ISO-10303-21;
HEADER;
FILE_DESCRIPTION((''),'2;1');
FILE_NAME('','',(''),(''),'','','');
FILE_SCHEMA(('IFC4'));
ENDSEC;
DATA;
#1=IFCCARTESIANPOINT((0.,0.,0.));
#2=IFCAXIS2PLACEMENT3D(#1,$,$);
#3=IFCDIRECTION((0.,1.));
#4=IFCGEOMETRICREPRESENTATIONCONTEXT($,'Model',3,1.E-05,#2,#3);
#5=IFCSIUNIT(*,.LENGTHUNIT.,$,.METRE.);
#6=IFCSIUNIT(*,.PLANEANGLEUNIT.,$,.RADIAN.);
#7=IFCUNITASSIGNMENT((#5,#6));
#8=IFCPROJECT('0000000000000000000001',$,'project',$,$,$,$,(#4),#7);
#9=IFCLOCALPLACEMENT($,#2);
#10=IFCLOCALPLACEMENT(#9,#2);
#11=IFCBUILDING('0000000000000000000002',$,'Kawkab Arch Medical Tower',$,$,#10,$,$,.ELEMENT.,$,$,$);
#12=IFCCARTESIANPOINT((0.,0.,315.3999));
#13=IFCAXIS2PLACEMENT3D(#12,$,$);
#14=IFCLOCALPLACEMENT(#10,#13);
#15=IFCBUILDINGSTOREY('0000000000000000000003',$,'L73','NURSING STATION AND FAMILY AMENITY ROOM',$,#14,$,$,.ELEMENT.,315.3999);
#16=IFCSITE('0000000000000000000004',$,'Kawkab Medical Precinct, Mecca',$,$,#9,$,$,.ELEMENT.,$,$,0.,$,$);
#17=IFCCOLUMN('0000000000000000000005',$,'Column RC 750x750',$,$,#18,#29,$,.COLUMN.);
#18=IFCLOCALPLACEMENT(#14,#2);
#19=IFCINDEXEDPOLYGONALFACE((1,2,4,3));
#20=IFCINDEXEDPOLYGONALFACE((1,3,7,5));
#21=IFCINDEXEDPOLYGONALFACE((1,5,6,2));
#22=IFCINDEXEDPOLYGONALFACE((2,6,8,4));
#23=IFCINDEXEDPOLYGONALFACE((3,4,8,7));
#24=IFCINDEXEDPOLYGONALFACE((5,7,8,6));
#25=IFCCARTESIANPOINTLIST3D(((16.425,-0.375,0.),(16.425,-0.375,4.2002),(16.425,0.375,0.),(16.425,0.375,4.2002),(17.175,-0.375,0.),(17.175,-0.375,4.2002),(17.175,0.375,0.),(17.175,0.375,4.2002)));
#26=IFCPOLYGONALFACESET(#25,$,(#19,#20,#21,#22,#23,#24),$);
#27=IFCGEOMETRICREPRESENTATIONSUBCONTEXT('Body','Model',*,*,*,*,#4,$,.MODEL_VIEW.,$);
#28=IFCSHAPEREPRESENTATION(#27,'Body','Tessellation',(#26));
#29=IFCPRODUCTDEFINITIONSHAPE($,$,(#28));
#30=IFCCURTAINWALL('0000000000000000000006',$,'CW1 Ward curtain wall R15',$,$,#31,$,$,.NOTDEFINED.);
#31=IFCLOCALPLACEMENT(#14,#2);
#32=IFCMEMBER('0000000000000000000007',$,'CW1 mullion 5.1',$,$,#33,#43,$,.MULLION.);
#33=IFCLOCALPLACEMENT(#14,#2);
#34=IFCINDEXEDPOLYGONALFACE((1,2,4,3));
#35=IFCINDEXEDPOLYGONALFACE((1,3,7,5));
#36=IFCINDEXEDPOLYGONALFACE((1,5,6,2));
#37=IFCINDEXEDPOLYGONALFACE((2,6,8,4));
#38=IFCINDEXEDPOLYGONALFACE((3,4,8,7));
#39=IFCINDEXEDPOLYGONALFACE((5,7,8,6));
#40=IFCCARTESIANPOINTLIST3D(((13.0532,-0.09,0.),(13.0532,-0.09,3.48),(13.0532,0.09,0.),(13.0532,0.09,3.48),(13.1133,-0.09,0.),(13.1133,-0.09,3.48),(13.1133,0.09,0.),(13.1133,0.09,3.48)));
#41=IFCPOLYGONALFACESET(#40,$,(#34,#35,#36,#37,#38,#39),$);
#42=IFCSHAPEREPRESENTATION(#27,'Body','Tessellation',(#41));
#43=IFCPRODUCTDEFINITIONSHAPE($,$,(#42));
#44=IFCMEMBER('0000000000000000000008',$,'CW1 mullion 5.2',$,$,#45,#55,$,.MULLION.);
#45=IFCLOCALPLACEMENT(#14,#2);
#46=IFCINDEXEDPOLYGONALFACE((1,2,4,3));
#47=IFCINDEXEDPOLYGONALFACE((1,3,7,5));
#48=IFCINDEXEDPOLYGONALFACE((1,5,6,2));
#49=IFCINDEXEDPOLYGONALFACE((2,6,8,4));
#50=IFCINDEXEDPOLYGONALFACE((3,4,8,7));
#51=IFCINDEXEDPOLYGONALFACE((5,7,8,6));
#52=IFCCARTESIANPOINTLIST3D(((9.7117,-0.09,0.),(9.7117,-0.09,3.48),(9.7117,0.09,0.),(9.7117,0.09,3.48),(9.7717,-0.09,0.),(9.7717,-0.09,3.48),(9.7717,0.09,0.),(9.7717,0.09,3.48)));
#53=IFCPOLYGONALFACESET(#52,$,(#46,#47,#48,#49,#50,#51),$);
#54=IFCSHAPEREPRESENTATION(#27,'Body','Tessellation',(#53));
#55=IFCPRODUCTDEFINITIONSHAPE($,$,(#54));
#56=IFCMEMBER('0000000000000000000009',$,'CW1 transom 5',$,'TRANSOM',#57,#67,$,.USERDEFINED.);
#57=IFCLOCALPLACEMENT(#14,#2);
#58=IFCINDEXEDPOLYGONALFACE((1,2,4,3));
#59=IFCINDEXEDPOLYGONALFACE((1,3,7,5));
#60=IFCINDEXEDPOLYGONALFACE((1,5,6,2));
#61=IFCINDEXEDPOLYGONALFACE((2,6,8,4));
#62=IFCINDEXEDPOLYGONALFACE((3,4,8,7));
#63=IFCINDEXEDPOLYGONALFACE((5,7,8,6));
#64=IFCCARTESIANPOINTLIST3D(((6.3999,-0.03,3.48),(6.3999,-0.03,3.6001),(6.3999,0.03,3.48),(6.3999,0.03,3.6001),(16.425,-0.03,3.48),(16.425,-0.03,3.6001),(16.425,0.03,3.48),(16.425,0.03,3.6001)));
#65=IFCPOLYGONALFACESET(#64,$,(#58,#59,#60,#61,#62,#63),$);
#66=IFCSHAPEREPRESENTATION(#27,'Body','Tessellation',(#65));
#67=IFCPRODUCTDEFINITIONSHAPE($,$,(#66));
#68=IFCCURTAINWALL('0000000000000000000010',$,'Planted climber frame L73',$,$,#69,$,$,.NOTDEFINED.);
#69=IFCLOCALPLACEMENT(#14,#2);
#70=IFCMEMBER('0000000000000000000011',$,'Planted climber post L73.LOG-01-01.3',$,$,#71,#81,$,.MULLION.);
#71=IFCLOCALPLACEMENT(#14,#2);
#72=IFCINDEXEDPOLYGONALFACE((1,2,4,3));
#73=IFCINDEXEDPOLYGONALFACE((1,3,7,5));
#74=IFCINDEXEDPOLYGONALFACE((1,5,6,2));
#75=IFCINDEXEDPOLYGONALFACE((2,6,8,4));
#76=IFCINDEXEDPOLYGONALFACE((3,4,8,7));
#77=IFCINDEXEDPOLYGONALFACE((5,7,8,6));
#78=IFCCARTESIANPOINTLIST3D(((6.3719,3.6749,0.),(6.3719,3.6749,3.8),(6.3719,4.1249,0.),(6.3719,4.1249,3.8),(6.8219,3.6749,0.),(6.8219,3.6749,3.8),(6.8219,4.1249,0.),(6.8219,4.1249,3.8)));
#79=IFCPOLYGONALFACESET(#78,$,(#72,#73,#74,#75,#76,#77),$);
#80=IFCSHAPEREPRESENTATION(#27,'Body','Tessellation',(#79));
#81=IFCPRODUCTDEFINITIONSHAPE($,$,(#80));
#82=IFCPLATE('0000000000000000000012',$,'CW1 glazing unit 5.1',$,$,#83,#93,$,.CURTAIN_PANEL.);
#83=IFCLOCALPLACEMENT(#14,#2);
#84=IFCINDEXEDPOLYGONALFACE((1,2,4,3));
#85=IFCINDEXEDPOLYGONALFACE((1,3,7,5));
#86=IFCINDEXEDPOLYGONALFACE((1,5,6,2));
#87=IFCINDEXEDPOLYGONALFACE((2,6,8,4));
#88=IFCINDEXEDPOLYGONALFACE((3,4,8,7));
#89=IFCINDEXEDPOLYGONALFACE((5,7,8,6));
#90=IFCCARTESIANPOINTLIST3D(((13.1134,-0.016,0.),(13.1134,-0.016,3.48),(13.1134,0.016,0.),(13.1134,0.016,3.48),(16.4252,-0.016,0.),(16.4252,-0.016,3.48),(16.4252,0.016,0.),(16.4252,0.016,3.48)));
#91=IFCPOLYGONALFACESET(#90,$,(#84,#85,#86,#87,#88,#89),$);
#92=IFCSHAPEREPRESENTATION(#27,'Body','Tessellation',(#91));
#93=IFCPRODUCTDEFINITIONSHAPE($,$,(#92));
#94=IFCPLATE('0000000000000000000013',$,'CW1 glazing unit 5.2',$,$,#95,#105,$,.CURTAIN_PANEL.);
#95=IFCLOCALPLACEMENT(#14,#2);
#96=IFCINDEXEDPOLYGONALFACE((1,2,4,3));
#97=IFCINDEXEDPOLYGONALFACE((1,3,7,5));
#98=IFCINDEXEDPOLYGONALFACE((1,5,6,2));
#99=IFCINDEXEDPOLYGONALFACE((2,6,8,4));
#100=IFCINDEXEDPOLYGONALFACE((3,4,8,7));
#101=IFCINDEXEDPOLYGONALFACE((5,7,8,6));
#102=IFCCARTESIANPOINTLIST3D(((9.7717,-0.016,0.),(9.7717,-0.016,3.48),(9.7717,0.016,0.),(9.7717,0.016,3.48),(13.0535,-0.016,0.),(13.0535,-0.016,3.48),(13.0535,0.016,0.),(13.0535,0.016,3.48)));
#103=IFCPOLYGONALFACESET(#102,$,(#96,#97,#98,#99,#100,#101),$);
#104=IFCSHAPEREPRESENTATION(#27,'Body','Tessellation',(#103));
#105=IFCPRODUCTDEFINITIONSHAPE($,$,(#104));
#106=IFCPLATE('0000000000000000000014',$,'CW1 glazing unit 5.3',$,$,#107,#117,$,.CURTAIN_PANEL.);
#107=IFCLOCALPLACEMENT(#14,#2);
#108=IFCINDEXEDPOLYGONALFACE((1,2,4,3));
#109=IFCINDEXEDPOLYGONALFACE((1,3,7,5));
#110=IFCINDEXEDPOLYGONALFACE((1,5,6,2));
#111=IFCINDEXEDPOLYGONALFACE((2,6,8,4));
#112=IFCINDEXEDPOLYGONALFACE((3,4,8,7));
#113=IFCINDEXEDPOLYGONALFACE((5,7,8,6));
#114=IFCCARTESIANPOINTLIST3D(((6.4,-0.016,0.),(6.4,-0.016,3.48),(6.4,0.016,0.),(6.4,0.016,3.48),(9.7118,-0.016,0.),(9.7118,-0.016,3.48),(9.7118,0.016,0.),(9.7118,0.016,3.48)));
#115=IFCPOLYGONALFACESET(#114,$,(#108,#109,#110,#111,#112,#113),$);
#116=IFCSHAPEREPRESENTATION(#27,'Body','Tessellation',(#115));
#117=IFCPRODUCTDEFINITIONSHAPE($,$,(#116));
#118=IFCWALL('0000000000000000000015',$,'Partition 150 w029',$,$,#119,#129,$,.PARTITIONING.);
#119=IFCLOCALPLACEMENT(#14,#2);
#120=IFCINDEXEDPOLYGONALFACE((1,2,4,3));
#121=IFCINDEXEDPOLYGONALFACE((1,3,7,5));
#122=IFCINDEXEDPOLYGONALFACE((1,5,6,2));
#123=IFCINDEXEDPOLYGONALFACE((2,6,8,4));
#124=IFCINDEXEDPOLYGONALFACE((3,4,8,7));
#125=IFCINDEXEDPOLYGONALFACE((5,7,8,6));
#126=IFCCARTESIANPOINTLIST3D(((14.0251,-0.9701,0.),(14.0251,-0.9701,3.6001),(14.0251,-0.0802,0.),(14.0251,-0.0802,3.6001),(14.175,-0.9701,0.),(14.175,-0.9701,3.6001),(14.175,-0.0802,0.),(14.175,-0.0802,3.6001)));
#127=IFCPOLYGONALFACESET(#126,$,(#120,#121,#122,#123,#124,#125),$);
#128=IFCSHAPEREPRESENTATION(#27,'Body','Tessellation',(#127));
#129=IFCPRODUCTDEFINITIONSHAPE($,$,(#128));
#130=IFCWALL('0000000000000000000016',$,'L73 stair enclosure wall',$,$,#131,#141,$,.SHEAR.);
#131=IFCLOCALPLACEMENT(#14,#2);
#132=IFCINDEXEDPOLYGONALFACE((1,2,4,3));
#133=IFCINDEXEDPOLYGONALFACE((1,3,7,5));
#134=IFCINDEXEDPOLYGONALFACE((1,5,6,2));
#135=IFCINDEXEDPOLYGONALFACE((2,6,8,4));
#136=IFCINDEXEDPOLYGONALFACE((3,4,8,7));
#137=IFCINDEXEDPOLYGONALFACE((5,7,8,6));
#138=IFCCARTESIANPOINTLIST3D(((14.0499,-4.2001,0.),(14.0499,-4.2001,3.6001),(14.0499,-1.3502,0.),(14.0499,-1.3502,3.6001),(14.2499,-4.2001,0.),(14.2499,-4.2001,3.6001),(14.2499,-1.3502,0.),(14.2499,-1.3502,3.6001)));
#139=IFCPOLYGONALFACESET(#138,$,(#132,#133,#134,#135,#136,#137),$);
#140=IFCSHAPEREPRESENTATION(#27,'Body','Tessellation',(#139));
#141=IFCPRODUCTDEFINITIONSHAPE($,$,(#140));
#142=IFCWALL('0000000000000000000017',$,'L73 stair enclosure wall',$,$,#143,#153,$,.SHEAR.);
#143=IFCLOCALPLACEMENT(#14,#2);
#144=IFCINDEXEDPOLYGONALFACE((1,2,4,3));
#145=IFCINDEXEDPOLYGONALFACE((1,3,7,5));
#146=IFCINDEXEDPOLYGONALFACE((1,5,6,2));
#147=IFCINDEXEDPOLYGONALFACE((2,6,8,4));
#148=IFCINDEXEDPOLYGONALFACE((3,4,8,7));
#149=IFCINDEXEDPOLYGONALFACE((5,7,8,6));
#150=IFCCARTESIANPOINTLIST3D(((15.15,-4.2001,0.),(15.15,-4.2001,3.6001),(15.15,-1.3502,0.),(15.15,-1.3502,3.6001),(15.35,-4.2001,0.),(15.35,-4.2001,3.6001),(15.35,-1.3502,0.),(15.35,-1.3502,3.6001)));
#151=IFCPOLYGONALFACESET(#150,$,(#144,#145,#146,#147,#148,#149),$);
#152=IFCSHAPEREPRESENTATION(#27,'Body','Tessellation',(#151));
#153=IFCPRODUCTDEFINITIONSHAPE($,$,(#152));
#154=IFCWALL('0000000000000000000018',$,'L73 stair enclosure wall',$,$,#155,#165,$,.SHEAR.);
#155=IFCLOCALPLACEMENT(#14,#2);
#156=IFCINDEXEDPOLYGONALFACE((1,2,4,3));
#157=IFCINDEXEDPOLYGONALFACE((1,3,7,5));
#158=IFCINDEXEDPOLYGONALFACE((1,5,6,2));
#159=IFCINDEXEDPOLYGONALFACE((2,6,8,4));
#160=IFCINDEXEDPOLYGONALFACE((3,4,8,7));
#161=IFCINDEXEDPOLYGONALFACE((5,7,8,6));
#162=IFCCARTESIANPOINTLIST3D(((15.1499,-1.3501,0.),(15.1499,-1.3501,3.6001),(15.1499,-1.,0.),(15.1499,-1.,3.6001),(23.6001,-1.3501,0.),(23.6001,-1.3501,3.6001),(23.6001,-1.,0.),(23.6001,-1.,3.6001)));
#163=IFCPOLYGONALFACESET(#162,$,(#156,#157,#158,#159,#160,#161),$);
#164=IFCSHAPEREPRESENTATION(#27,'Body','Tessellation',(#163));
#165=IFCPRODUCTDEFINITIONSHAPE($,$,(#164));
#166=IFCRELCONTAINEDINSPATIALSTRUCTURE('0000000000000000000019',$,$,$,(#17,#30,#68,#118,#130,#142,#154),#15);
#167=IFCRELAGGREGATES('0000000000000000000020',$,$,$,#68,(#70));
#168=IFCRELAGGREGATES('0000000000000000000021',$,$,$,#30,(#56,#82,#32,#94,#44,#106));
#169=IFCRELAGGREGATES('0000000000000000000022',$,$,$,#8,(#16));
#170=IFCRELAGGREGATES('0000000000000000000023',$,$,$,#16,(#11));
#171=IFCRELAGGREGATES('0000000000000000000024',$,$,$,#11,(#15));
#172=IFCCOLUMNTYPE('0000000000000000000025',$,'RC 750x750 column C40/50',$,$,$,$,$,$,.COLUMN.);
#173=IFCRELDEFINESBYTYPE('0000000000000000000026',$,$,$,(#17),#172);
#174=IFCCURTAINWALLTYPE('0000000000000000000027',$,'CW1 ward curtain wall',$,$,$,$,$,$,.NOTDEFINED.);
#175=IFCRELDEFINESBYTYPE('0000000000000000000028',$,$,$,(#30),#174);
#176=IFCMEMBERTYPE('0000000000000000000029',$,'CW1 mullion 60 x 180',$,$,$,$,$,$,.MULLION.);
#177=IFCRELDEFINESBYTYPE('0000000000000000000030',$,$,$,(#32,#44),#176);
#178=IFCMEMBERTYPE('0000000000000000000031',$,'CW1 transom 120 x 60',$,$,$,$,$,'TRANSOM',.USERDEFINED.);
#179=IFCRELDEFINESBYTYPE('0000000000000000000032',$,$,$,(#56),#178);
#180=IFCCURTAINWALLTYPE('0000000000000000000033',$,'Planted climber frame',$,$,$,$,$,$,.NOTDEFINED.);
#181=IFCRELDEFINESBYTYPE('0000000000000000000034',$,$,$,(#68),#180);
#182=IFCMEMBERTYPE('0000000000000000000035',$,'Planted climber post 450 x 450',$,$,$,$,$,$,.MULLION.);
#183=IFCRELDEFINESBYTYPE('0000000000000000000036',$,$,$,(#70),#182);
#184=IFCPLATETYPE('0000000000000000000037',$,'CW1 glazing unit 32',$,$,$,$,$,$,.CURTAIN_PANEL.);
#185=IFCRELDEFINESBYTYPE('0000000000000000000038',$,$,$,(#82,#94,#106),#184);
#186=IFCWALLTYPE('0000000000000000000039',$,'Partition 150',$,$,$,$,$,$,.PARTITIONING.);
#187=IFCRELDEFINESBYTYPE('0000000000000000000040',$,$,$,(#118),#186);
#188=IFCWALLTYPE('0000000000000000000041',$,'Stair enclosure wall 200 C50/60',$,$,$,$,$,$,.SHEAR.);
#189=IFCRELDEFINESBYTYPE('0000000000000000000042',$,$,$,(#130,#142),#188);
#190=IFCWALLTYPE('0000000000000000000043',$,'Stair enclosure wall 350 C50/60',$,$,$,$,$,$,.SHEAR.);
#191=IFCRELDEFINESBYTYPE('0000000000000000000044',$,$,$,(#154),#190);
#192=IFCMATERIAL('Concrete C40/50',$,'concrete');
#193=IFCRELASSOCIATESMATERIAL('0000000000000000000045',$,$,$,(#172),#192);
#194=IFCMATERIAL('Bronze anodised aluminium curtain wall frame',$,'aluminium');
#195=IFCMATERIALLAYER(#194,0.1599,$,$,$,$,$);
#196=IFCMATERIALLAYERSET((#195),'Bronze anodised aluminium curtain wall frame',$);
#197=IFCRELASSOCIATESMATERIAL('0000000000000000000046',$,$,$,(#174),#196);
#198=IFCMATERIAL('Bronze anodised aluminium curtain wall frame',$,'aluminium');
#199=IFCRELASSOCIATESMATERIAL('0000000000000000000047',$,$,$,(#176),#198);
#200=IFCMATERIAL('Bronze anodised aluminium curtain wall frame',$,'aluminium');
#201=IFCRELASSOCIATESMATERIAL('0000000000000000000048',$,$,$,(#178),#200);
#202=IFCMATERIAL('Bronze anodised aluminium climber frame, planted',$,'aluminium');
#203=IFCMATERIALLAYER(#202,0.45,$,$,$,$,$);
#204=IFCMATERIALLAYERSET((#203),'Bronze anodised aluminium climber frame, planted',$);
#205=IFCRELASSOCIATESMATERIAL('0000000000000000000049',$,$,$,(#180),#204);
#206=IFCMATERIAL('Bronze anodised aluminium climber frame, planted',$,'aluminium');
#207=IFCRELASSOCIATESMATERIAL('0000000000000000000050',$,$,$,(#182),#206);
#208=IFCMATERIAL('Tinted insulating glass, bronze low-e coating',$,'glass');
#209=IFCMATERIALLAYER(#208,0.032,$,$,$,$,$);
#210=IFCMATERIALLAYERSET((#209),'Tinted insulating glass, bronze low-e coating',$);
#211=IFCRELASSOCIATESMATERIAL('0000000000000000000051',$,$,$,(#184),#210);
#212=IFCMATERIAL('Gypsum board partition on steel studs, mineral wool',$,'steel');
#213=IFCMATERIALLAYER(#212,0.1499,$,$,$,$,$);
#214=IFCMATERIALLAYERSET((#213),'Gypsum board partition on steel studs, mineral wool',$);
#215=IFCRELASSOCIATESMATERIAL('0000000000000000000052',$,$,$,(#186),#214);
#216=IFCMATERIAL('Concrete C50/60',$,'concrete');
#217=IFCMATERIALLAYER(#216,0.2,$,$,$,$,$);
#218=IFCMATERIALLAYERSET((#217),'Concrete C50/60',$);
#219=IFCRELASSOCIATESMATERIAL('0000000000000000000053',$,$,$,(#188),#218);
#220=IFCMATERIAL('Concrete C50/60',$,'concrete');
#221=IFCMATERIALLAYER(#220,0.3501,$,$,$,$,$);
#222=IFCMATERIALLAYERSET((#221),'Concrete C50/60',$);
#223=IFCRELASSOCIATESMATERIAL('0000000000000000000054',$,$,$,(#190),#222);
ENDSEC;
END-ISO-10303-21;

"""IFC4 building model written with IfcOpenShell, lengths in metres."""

from ifc_helpers import new_model, si_unit, direction, frame, frame_2d, origin, origin_2d, place, context, subcontext, project, spatial, rectangle, extrude, material, layer, layer_set, material_profile, profile_set, type_object, element, aggregate, save


model = new_model("IFC4")

# Units and contexts
model_context = context("Model", 3, precision=1e-05, world=origin(), true_north=direction((0.0, 1.0)))
body_context = subcontext(model_context, "Body", "Model", "MODEL_VIEW")
ifc_project = project(units=[si_unit("LENGTHUNIT", "METRE"), si_unit("PLANEANGLEUNIT", "RADIAN")], contexts=[model_context])

# Site, building, storey
site_placement = place(None, origin())
site = spatial("IfcSite", under=ifc_project, at=site_placement, Name="Kawkab Medical Precinct, Mecca", CompositionType="ELEMENT", RefElevation=0.0)
building_placement = place(site_placement, origin())
building = spatial("IfcBuilding", under=site, at=building_placement, Name="Kawkab Arch Medical Tower", CompositionType="ELEMENT")
storey_placement = place(building_placement, frame((0.0, 0.0, 315.3999)))
storey = spatial("IfcBuildingStorey", under=building, at=storey_placement, Name="L73", Description="NURSING STATION AND FAMILY AMENITY ROOM", CompositionType="ELEMENT", Elevation=315.3999)

# Column
ifc_material_1 = material(Name="Concrete C40/50", Category="concrete")
ifc_material_profile_1 = material_profile(ifc_material_1, rectangle(XDim=0.75, YDim=0.75, at=origin_2d()), Name="RC 750x750")
ifc_profile_set_1 = profile_set([ifc_material_profile_1], Name="Concrete C40/50")
column_type = type_object("IfcColumnType", Name="RC 750x750 column C40/50", PredefinedType="COLUMN", material=ifc_profile_set_1)
column_placement = place(storey_placement, frame((16.8, 0.0, 0.0), z_axis=(0.0, 0.0, 1.0), x_axis=(1.0, 0.0, 0.0)))
element("IfcColumn", 1, at=column_placement, inside=storey, type_object=column_type, Name="Column RC 750x750", PredefinedType="COLUMN", context=body_context, shape_type="SweptSolid", body=[
    extrude(rectangle(XDim=0.75, YDim=0.75, at=origin_2d()), origin(), (0.0, 0.0, 1.0), 4.2002),
])

# Curtain wall, members
ifc_material_2 = material(Name="Bronze anodised aluminium curtain wall frame", Category="aluminium")
ifc_layer_1 = layer(ifc_material_2, 0.1599)
ifc_layer_set_1 = layer_set([ifc_layer_1], Name="Bronze anodised aluminium curtain wall frame")
curtain_wall_type_1 = type_object("IfcCurtainWallType", Name="CW1 ward curtain wall", PredefinedType="NOTDEFINED", material=ifc_layer_set_1)
placement = place(storey_placement, origin())
curtain_wall_1 = element("IfcCurtainWall", 2, at=placement, inside=storey, type_object=curtain_wall_type_1, Name="CW1 Ward curtain wall R15", PredefinedType="NOTDEFINED")
ifc_material_3 = material(Name="Bronze anodised aluminium curtain wall frame", Category="aluminium")
ifc_material_profile_2 = material_profile(ifc_material_3, rectangle(XDim=0.1799, YDim=0.0601, at=origin_2d()), Name="AL 60x180")
ifc_profile_set_2 = profile_set([ifc_material_profile_2], Name="Bronze anodised aluminium curtain wall frame")
member_type_1 = type_object("IfcMemberType", Name="CW1 mullion 60 x 180", PredefinedType="MULLION", material=ifc_profile_set_2)
member_1_placement = place(storey_placement, frame((13.0833, 0.0, 0.0), z_axis=(0.0, 0.0, 1.0), x_axis=(0.0, -1.0, 0.0)))
member_1 = element("IfcMember", 3, at=member_1_placement, type_object=member_type_1, Name="CW1 mullion 5.1", PredefinedType="MULLION", context=body_context, shape_type="SweptSolid", body=[
    extrude(rectangle(XDim=0.1799, YDim=0.0601, at=origin_2d()), origin(), (0.0, 0.0, 1.0), 3.48),
])
member_2_placement = place(storey_placement, frame((9.7417, 0.0, 0.0), z_axis=(0.0, 0.0, 1.0), x_axis=(0.0, -1.0, 0.0)))
member_2 = element("IfcMember", 4, at=member_2_placement, type_object=member_type_1, Name="CW1 mullion 5.2", PredefinedType="MULLION", context=body_context, shape_type="SweptSolid", body=[
    extrude(rectangle(XDim=0.1799, YDim=0.0601, at=origin_2d()), origin(), (0.0, 0.0, 1.0), 3.48),
])
ifc_material_4 = material(Name="Bronze anodised aluminium curtain wall frame", Category="aluminium")
ifc_material_profile_3 = material_profile(ifc_material_4, rectangle(XDim=0.0601, YDim=0.1201, at=origin_2d()), Name="AL 60x120")
ifc_profile_set_3 = profile_set([ifc_material_profile_3], Name="Bronze anodised aluminium curtain wall frame")
member_type_2 = type_object("IfcMemberType", Name="CW1 transom 120 x 60", ElementType="TRANSOM", PredefinedType="USERDEFINED", material=ifc_profile_set_3)
member_3_placement = place(storey_placement, frame((16.425, 0.0, 3.54), z_axis=(-1.0, 0.0, 0.0), x_axis=(0.0, -1.0, 0.0)))
member_3 = element("IfcMember", 5, at=member_3_placement, type_object=member_type_2, Name="CW1 transom 5", ObjectType="TRANSOM", PredefinedType="USERDEFINED", context=body_context, shape_type="SweptSolid", body=[
    extrude(rectangle(XDim=0.0601, YDim=0.1201, at=origin_2d()), origin(), (0.0, 0.0, 1.0), 10.0251),
])

# Curtain wall, member
ifc_material_5 = material(Name="Bronze anodised aluminium climber frame, planted", Category="aluminium")
ifc_layer_2 = layer(ifc_material_5, 0.45)
ifc_layer_set_2 = layer_set([ifc_layer_2], Name="Bronze anodised aluminium climber frame, planted")
curtain_wall_type_2 = type_object("IfcCurtainWallType", Name="Planted climber frame", PredefinedType="NOTDEFINED", material=ifc_layer_set_2)
curtain_wall_2 = element("IfcCurtainWall", 6, at=placement, inside=storey, type_object=curtain_wall_type_2, Name="Planted climber frame L73", PredefinedType="NOTDEFINED")
ifc_material_6 = material(Name="Bronze anodised aluminium climber frame, planted", Category="aluminium")
ifc_material_profile_4 = material_profile(ifc_material_6, rectangle(XDim=0.45, YDim=0.45, at=origin_2d()), Name="Post 450x450")
ifc_profile_set_4 = profile_set([ifc_material_profile_4], Name="Bronze anodised aluminium climber frame, planted")
member_type_3 = type_object("IfcMemberType", Name="Planted climber post 450 x 450", PredefinedType="MULLION", material=ifc_profile_set_4)
member_4_placement = place(storey_placement, frame((6.5969, 3.8999, 0.0), z_axis=(0.0, 0.0, 1.0), x_axis=(1.0, 0.0, 0.0)))
member_4 = element("IfcMember", 7, at=member_4_placement, type_object=member_type_3, Name="Planted climber post L73.LOG-01-01.3", PredefinedType="MULLION", context=body_context, shape_type="SweptSolid", body=[
    extrude(rectangle(XDim=0.45, YDim=0.45, at=origin_2d()), origin(), (0.0, 0.0, 1.0), 3.8),
])
aggregate(curtain_wall_2, [member_4])

# Plates
ifc_material_7 = material(Name="Tinted insulating glass, bronze low-e coating", Category="glass")
ifc_layer_3 = layer(ifc_material_7, 0.032)
ifc_layer_set_3 = layer_set([ifc_layer_3], Name="Tinted insulating glass, bronze low-e coating")
plate_type = type_object("IfcPlateType", Name="CW1 glazing unit 32", PredefinedType="CURTAIN_PANEL", material=ifc_layer_set_3)
plate_1_placement = place(storey_placement, frame((14.7693, 0.0, 0.0), z_axis=(0.0, 0.0, 1.0), x_axis=(-1.0, 0.0, 0.0)))
plate_1 = element("IfcPlate", 8, at=plate_1_placement, type_object=plate_type, Name="CW1 glazing unit 5.1", PredefinedType="CURTAIN_PANEL", context=body_context, shape_type="SweptSolid", body=[
    extrude(rectangle(XDim=3.3118, YDim=0.032, at=origin_2d()), origin(), (0.0, 0.0, 1.0), 3.48),
])
plate_2_placement = place(storey_placement, frame((11.4126, 0.0, 0.0), z_axis=(0.0, 0.0, 1.0), x_axis=(-1.0, 0.0, 0.0)))
plate_2 = element("IfcPlate", 9, at=plate_2_placement, type_object=plate_type, Name="CW1 glazing unit 5.2", PredefinedType="CURTAIN_PANEL", context=body_context, shape_type="SweptSolid", body=[
    extrude(rectangle(XDim=3.2817, YDim=0.032, at=origin_2d()), origin(), (0.0, 0.0, 1.0), 3.48),
])
plate_3_placement = place(storey_placement, frame((8.0559, 0.0, 0.0), z_axis=(0.0, 0.0, 1.0), x_axis=(-1.0, 0.0, 0.0)))
plate_3 = element("IfcPlate", 10, at=plate_3_placement, type_object=plate_type, Name="CW1 glazing unit 5.3", PredefinedType="CURTAIN_PANEL", context=body_context, shape_type="SweptSolid", body=[
    extrude(rectangle(XDim=3.3118, YDim=0.032, at=origin_2d()), origin(), (0.0, 0.0, 1.0), 3.48),
])
aggregate(curtain_wall_1, [member_3, plate_1, member_1, plate_2, member_2, plate_3])

# Walls
ifc_material_8 = material(Name="Gypsum board partition on steel studs, mineral wool", Category="steel")
ifc_layer_4 = layer(ifc_material_8, 0.1499)
ifc_layer_set_4 = layer_set([ifc_layer_4], Name="Gypsum board partition on steel studs, mineral wool")
wall_type_1 = type_object("IfcWallType", Name="Partition 150", PredefinedType="PARTITIONING", material=ifc_layer_set_4)
wall_1_placement = place(storey_placement, frame((14.1001, -0.97, 0.0), z_axis=(0.0, 0.0, 1.0), x_axis=(0.0, 1.0, 0.0)))
element("IfcWall", 11, at=wall_1_placement, inside=storey, type_object=wall_type_1, Name="Partition 150 w029", PredefinedType="PARTITIONING", context=body_context, shape_type="SweptSolid", body=[
    extrude(rectangle(XDim=0.8899, YDim=0.1499, at=frame_2d((0.4448, 0.0))), origin(), (0.0, 0.0, 1.0), 3.6001),
])
ifc_material_9 = material(Name="Concrete C50/60", Category="concrete")
ifc_layer_5 = layer(ifc_material_9, 0.2)
ifc_layer_set_5 = layer_set([ifc_layer_5], Name="Concrete C50/60")
wall_type_2 = type_object("IfcWallType", Name="Stair enclosure wall 200 C50/60", PredefinedType="SHEAR", material=ifc_layer_set_5)
for number, where, z_axis, x_axis, name in (
    (12, (14.1499, -4.2, 0.0), (0.0, 0.0, 1.0), (0.0, 1.0, 0.0), "L73 stair enclosure wall"),
    (13, (15.25, -4.2, 0.0), (0.0, 0.0, 1.0), (0.0, 1.0, 0.0), "L73 stair enclosure wall"),
):
    element("IfcWall", number, at=place(storey_placement, frame(where, z_axis=z_axis, x_axis=x_axis)), inside=storey, type_object=wall_type_2, Name=name, PredefinedType="SHEAR", context=body_context, shape_type="SweptSolid", body=[
        extrude(rectangle(XDim=2.8499, YDim=0.2, at=frame_2d((1.4248, 0.0))), origin(), (0.0, 0.0, 1.0), 3.6001),
    ])
ifc_material_10 = material(Name="Concrete C50/60", Category="concrete")
ifc_layer_6 = layer(ifc_material_10, 0.3501)
ifc_layer_set_6 = layer_set([ifc_layer_6], Name="Concrete C50/60")
wall_type_3 = type_object("IfcWallType", Name="Stair enclosure wall 350 C50/60", PredefinedType="SHEAR", material=ifc_layer_set_6)
wall_2_placement = place(storey_placement, frame((15.1499, -1.175, 0.0), z_axis=(0.0, 0.0, 1.0), x_axis=(1.0, 0.0, 0.0)))
element("IfcWall", 14, at=wall_2_placement, inside=storey, type_object=wall_type_3, Name="L73 stair enclosure wall", PredefinedType="SHEAR", context=body_context, shape_type="SweptSolid", body=[
    extrude(rectangle(XDim=8.4502, YDim=0.3501, at=frame_2d((4.2251, 0.0))), origin(), (0.0, 0.0, 1.0), 3.6001),
])

save(model, "model.ifc")
